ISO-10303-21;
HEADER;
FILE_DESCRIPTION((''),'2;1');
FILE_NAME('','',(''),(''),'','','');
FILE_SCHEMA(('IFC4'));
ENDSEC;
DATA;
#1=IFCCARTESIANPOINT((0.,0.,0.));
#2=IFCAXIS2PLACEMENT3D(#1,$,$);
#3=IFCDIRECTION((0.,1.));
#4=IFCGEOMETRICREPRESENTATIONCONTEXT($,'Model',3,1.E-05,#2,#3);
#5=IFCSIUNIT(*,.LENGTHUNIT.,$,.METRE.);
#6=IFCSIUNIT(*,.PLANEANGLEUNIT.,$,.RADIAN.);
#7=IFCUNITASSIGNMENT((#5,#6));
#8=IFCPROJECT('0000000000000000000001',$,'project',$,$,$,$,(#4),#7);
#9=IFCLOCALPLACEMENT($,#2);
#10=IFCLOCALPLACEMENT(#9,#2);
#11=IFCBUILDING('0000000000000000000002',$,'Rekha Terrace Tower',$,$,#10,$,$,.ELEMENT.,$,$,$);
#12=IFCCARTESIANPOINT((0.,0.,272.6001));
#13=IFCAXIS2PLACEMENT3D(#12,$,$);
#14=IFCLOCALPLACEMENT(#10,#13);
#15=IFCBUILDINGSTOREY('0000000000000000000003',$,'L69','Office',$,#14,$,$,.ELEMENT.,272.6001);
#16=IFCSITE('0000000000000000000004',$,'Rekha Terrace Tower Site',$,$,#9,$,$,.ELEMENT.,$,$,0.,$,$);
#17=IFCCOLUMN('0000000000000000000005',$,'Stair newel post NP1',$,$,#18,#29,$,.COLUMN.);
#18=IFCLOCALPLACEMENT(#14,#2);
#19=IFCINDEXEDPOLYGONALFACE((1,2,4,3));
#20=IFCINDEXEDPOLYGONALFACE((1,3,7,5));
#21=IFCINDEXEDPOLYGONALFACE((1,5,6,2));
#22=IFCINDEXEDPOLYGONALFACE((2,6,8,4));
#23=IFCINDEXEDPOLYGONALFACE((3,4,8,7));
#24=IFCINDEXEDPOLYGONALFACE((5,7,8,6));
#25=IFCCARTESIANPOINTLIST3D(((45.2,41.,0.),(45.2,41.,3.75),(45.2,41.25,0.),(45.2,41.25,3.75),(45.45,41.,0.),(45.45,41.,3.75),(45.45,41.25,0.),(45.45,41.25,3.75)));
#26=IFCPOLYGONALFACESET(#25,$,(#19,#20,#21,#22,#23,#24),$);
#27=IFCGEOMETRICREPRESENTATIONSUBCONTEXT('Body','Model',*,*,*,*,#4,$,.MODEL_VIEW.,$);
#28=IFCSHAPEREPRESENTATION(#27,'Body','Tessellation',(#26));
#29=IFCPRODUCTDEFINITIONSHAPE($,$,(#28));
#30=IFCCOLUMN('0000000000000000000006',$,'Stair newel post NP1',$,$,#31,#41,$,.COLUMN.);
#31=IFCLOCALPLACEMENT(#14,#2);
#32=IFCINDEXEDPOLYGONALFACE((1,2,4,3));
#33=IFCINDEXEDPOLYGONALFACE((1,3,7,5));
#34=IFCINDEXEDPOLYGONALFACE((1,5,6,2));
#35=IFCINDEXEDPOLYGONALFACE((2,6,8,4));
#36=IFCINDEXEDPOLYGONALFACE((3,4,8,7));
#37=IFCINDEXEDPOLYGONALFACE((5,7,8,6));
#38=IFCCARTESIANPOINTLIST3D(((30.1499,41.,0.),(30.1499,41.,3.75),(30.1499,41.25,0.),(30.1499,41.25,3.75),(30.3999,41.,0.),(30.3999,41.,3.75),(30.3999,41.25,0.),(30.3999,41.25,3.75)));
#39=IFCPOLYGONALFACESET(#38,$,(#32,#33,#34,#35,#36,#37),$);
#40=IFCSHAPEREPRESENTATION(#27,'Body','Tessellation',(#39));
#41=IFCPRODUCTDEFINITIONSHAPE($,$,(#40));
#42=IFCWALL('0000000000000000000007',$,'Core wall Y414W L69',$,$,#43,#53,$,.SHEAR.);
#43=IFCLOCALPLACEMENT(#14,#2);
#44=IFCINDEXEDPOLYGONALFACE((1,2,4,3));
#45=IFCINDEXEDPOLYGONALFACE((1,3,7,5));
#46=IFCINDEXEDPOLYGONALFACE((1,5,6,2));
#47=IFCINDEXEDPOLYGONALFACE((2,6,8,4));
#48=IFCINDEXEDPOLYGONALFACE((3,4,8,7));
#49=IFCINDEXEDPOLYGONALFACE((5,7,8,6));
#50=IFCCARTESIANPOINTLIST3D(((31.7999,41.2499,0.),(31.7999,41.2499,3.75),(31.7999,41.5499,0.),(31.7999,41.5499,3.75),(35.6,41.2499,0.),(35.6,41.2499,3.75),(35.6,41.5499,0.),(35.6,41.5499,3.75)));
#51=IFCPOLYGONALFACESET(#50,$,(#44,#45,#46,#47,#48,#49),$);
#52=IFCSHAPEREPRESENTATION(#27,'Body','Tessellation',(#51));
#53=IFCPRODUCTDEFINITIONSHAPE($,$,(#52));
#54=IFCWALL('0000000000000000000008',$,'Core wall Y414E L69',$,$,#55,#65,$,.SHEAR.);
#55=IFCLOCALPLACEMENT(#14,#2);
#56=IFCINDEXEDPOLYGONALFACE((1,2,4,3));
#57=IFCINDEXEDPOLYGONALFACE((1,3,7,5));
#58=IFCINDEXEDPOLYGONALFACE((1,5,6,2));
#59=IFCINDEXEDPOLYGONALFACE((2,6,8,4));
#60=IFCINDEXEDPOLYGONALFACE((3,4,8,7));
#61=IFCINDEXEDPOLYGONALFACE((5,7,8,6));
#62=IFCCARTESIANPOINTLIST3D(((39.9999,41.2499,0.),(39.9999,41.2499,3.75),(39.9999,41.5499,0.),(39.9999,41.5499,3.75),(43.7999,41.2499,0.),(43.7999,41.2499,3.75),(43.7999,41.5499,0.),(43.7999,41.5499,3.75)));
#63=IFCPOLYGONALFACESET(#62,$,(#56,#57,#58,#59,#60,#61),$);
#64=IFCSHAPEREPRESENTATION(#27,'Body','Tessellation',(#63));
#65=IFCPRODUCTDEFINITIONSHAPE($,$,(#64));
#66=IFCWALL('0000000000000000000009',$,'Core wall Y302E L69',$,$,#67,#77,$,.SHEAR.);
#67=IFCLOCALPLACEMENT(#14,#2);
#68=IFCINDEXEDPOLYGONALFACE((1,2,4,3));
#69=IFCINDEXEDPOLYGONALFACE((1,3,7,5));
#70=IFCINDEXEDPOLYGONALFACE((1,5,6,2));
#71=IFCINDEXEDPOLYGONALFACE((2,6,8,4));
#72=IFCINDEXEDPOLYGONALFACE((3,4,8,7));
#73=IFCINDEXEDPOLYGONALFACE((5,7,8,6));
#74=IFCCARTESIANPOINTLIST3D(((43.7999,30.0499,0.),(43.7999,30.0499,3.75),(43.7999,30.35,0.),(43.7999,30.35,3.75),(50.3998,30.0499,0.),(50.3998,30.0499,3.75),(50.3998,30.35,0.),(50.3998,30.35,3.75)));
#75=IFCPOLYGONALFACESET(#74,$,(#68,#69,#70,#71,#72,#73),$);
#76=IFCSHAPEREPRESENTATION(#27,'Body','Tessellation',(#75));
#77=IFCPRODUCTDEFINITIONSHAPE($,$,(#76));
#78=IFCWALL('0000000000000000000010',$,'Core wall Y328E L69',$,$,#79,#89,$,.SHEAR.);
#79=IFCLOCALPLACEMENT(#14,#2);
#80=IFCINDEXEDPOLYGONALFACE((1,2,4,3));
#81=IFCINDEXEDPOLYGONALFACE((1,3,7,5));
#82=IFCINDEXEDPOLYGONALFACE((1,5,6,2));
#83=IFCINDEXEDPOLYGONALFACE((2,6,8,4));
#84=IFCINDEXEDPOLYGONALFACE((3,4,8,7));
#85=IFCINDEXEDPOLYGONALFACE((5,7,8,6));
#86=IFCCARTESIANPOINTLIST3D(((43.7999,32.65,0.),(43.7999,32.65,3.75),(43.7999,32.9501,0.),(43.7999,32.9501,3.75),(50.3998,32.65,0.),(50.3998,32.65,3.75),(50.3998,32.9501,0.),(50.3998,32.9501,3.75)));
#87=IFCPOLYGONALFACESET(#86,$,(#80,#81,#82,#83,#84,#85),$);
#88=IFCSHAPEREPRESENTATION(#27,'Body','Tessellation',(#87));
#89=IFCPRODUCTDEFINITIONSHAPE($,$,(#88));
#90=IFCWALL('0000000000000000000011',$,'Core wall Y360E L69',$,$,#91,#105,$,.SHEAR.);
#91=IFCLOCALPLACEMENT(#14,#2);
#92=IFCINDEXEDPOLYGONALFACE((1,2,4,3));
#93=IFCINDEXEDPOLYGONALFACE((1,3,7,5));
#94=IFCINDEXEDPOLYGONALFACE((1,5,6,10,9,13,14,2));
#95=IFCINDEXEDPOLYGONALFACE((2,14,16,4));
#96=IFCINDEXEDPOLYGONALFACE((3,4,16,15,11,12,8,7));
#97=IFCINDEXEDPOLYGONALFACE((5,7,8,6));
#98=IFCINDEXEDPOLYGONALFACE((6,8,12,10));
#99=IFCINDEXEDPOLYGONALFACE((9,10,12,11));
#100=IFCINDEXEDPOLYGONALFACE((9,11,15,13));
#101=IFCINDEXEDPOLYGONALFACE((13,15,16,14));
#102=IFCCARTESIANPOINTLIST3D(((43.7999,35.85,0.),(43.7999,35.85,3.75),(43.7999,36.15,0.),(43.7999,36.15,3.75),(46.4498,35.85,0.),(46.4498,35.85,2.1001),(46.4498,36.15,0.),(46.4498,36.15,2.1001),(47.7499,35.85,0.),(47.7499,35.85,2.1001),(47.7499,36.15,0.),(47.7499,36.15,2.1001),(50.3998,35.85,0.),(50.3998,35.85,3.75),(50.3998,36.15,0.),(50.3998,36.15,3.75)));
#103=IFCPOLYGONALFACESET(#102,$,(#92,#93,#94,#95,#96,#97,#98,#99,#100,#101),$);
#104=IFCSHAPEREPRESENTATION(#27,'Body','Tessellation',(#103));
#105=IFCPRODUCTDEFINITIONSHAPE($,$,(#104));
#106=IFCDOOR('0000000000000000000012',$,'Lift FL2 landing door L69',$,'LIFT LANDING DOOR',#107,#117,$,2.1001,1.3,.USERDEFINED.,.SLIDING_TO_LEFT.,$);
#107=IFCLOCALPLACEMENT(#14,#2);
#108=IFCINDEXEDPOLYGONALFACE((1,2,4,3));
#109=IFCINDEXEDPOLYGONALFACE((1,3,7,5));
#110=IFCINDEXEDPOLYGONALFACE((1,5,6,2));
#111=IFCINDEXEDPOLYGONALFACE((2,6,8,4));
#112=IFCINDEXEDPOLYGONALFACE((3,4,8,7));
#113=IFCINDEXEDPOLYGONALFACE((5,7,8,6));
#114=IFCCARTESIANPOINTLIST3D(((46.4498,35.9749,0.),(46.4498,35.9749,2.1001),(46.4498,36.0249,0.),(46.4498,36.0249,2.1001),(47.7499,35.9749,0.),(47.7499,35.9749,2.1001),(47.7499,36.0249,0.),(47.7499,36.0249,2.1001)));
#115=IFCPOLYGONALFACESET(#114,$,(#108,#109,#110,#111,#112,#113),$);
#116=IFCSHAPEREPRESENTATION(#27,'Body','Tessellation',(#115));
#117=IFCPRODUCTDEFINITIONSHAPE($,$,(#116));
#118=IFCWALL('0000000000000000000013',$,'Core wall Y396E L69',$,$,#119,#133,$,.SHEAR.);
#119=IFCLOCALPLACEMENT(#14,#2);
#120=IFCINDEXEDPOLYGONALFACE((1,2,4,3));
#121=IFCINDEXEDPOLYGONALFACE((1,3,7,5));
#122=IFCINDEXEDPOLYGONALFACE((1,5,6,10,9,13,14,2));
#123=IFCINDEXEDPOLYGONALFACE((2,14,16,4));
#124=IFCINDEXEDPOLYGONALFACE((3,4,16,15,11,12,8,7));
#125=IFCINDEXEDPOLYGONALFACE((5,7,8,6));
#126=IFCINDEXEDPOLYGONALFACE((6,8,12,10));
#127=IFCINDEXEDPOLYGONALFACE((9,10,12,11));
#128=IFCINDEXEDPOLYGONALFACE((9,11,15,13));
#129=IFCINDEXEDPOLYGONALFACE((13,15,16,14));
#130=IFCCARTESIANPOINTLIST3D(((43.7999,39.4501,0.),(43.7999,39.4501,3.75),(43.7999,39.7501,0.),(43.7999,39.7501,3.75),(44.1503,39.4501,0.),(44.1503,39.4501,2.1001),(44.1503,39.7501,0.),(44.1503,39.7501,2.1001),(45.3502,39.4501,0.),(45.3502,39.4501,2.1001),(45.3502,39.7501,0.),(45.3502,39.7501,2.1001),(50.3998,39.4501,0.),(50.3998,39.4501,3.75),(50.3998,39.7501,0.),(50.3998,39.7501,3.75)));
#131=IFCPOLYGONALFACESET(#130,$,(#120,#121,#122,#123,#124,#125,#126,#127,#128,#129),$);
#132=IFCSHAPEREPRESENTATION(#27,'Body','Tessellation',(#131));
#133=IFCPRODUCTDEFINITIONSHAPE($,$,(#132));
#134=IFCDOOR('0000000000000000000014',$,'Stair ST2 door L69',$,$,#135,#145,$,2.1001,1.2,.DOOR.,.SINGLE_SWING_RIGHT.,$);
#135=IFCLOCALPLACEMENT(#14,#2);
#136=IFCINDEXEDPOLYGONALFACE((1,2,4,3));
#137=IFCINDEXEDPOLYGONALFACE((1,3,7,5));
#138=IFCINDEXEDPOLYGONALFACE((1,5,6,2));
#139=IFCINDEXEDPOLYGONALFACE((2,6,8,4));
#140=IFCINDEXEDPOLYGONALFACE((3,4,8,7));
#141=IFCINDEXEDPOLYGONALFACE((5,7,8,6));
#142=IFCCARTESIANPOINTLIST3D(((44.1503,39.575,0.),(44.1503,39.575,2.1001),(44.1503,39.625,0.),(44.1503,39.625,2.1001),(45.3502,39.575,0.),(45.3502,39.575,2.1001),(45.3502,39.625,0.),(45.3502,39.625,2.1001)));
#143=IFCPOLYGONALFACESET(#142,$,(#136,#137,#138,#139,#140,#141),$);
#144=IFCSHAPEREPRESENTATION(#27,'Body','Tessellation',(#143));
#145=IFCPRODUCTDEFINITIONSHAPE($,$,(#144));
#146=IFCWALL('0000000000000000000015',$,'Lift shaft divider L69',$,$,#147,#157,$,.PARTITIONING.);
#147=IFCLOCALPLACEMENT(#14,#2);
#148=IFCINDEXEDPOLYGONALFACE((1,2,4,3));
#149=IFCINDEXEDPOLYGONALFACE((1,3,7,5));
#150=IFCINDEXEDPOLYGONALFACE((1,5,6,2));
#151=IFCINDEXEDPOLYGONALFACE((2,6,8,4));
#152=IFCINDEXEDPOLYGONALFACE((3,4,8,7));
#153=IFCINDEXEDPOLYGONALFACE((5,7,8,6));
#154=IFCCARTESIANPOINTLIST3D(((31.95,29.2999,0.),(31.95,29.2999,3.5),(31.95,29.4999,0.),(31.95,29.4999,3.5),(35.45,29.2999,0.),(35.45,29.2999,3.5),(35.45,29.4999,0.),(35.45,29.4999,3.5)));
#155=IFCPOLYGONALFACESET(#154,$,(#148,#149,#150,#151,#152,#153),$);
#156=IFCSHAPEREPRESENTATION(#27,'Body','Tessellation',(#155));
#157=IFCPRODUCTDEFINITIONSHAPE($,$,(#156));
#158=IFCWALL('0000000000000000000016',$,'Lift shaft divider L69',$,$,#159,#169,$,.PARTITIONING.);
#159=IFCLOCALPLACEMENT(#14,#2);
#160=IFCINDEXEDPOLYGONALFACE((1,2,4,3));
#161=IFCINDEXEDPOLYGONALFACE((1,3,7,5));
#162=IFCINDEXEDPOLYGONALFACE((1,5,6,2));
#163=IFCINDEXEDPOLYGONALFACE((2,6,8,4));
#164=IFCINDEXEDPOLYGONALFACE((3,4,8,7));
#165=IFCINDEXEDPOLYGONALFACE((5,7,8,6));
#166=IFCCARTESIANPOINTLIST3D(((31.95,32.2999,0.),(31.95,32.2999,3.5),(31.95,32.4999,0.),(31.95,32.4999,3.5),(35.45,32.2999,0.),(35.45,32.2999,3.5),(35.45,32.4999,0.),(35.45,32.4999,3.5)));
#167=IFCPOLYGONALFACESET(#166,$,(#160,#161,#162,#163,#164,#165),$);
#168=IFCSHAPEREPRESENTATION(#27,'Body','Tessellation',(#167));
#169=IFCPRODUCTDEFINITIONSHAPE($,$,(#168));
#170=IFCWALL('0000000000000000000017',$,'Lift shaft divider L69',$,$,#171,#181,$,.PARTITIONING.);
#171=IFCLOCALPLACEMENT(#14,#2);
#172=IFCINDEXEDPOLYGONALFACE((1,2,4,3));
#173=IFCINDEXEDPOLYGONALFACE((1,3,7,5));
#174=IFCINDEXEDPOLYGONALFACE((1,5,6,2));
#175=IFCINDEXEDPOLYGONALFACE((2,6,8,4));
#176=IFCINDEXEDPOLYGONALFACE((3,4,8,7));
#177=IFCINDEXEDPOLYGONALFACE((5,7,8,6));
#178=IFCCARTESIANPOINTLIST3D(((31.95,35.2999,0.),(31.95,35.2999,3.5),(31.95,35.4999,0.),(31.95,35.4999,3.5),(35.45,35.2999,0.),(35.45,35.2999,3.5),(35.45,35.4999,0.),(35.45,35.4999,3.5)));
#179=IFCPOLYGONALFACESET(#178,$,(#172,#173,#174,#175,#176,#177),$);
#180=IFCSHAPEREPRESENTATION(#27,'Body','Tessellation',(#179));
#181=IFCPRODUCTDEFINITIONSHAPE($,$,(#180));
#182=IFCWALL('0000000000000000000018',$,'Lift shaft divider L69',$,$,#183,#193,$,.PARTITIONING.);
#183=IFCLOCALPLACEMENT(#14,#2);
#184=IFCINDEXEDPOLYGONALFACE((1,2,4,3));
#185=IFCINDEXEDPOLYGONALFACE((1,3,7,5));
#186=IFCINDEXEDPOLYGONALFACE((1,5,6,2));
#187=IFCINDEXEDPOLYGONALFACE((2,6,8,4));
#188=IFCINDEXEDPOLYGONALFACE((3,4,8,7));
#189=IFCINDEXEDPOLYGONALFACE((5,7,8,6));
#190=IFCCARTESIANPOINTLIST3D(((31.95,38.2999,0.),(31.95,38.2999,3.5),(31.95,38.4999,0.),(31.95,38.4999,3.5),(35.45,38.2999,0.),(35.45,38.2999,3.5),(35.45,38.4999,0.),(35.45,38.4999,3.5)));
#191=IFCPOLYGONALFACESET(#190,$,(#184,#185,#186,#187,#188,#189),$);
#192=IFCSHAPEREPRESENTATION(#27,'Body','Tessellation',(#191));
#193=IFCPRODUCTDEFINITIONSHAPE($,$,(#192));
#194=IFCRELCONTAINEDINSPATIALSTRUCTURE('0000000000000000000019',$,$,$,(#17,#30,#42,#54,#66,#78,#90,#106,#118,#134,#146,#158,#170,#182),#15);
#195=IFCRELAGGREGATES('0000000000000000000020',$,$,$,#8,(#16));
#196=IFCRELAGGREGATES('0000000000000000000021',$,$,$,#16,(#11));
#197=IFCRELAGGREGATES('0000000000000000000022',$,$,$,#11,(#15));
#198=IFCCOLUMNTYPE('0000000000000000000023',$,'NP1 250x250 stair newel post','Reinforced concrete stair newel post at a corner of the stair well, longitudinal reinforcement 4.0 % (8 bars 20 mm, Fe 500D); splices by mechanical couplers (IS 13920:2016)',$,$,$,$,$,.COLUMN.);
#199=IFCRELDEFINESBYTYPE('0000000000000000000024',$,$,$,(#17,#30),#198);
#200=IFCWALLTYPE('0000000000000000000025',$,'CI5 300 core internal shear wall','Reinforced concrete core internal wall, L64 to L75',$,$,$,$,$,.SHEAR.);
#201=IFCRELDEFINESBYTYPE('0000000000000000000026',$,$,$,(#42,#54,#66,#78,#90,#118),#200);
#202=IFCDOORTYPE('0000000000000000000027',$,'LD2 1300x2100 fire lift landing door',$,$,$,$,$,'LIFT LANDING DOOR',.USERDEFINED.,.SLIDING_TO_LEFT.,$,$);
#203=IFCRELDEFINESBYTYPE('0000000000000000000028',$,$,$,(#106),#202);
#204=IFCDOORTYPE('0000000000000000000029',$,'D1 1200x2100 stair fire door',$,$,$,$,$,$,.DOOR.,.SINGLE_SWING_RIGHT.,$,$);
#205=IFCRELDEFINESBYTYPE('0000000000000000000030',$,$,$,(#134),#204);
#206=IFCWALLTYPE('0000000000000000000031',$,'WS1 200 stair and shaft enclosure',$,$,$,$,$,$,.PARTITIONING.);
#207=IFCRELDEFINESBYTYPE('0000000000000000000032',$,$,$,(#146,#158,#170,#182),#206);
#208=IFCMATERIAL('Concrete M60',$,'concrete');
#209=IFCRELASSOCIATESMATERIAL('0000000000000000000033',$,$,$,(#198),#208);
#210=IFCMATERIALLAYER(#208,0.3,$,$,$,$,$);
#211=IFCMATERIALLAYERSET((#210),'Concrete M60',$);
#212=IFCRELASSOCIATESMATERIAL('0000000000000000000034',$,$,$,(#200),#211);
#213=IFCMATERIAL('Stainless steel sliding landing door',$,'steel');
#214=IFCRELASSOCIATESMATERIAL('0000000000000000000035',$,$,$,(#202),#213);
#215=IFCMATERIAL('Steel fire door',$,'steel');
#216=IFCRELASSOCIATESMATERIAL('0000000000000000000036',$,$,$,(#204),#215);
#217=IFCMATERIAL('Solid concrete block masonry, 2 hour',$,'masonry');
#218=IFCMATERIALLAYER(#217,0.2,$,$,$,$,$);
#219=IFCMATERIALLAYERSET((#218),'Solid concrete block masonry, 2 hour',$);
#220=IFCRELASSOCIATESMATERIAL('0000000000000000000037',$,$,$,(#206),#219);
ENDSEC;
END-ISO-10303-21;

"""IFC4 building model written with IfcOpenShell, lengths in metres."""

from ifc_helpers import new_model, si_unit, direction, frame, frame_2d, origin, origin_2d, place, context, subcontext, project, spatial, rectangle, extrude, material, layer, layer_set, material_profile, profile_set, type_object, element, fill, save


model = new_model("IFC4")

# Units and contexts
model_context = context("Model", 3, precision=1e-05, world=origin(), true_north=direction((0.0, 1.0)))
body_context = subcontext(model_context, "Body", "Model", "MODEL_VIEW")
ifc_project = project(units=[si_unit("LENGTHUNIT", "METRE"), si_unit("PLANEANGLEUNIT", "RADIAN")], contexts=[model_context])

# Site, building, storey
site_placement = place(None, origin())
site = spatial("IfcSite", under=ifc_project, at=site_placement, Name="Rekha Terrace Tower Site", CompositionType="ELEMENT", RefElevation=0.0)
building_placement = place(site_placement, origin())
building = spatial("IfcBuilding", under=site, at=building_placement, Name="Rekha Terrace Tower", CompositionType="ELEMENT")
storey_placement = place(building_placement, frame((0.0, 0.0, 272.6001)))
storey = spatial("IfcBuildingStorey", under=building, at=storey_placement, Name="L69", Description="Office", CompositionType="ELEMENT", Elevation=272.6001)

# Columns
ifc_material_1 = material(Name="Concrete M60", Category="concrete")
ifc_material_profile = material_profile(ifc_material_1, rectangle(XDim=0.25, YDim=0.25, at=origin_2d()), Name="RC 250x250")
ifc_profile_set = profile_set([ifc_material_profile], Name="Concrete M60")
column_type = type_object("IfcColumnType", Name="NP1 250x250 stair newel post", Description="Reinforced concrete stair newel post at a corner of the stair well, longitudinal reinforcement 4.0 % (8 bars 20 mm, Fe 500D); splices by mechanical couplers (IS 13920:2016)", PredefinedType="COLUMN", material=ifc_profile_set)
for number, where, z_axis, x_axis, name in (
    (1, (45.325, 41.125, 0.0), (0.0, 0.0, 1.0), (1.0, 0.0, 0.0), "Stair newel post NP1"),
    (2, (30.2749, 41.125, 0.0), (0.0, 0.0, 1.0), (1.0, 0.0, 0.0), "Stair newel post NP1"),
):
    element("IfcColumn", number, at=place(storey_placement, frame(where, z_axis=z_axis, x_axis=x_axis)), inside=storey, type_object=column_type, Name=name, PredefinedType="COLUMN", context=body_context, shape_type="SweptSolid", body=[
        extrude(rectangle(XDim=0.25, YDim=0.25, at=origin_2d()), origin(), (0.0, 0.0, 1.0), 3.75),
    ])

# Walls
ifc_layer_1 = layer(ifc_material_1, 0.3)
ifc_layer_set_1 = layer_set([ifc_layer_1], Name="Concrete M60")
wall_type_1 = type_object("IfcWallType", Name="CI5 300 core internal shear wall", Description="Reinforced concrete core internal wall, L64 to L75", PredefinedType="SHEAR", material=ifc_layer_set_1)
for number, where, z_axis, x_axis, name in (
    (3, (31.8, 41.3999, 0.0), (0.0, 0.0, 1.0), (1.0, 0.0, 0.0), "Core wall Y414W L69"),
    (4, (40.0, 41.3999, 0.0), (0.0, 0.0, 1.0), (1.0, 0.0, 0.0), "Core wall Y414E L69"),
):
    element("IfcWall", number, at=place(storey_placement, frame(where, z_axis=z_axis, x_axis=x_axis)), inside=storey, type_object=wall_type_1, Name=name, PredefinedType="SHEAR", context=body_context, shape_type="SweptSolid", body=[
        extrude(rectangle(XDim=3.8, YDim=0.3, at=frame_2d((1.8999, 0.0))), origin(), (0.0, 0.0, 1.0), 3.75),
    ])
for number, where, z_axis, x_axis, name in (
    (5, (43.8, 30.2, 0.0), (0.0, 0.0, 1.0), (1.0, 0.0, 0.0), "Core wall Y302E L69"),
    (6, (43.8, 32.8, 0.0), (0.0, 0.0, 1.0), (1.0, 0.0, 0.0), "Core wall Y328E L69"),
):
    element("IfcWall", number, at=place(storey_placement, frame(where, z_axis=z_axis, x_axis=x_axis)), inside=storey, type_object=wall_type_1, Name=name, PredefinedType="SHEAR", context=body_context, shape_type="SweptSolid", body=[
        extrude(rectangle(XDim=6.5999, YDim=0.3, at=frame_2d((3.2998, 0.0))), origin(), (0.0, 0.0, 1.0), 3.75),
    ])

# Walls, openings, doors
wall_1_placement = place(storey_placement, frame((43.8, 36.0, 0.0), z_axis=(0.0, 0.0, 1.0), x_axis=(1.0, 0.0, 0.0)))
wall_1 = element("IfcWall", 7, at=wall_1_placement, inside=storey, type_object=wall_type_1, Name="Core wall Y360E L69", PredefinedType="SHEAR", context=body_context, shape_type="SweptSolid", body=[
    extrude(rectangle(XDim=6.5999, YDim=0.3, at=frame_2d((3.2998, 0.0))), origin(), (0.0, 0.0, 1.0), 3.75),
])
opening_1_placement = place(wall_1_placement, frame((2.6499, 0.0, 0.0)))
opening_1 = element("IfcOpeningElement", 8, at=opening_1_placement, cuts=wall_1, PredefinedType="OPENING", context=body_context, shape_type="SweptSolid", body=[
    extrude(rectangle(XDim=1.3, YDim=2.1001, at=frame_2d((0.6499, 1.05))), frame((0.0, 0.1599, 0.0), z_axis=(0.0, -1.0, 0.0), x_axis=(1.0, 0.0, 0.0)), (0.0, 0.0, 1.0), 0.3201),
])
ifc_material_2 = material(Name="Stainless steel sliding landing door", Category="steel")
door_type_1 = type_object("IfcDoorType", Name="LD2 1300x2100 fire lift landing door", ElementType="LIFT LANDING DOOR", OperationType="SLIDING_TO_LEFT", PredefinedType="USERDEFINED", material=ifc_material_2)
door_1_placement = place(opening_1_placement, origin())
door_1 = element("IfcDoor", 9, at=door_1_placement, inside=storey, type_object=door_type_1, Name="Lift FL2 landing door L69", ObjectType="LIFT LANDING DOOR", OperationType="SLIDING_TO_LEFT", OverallHeight=2.1001, OverallWidth=1.3, PredefinedType="USERDEFINED", context=body_context, shape_type="SweptSolid", body=[
    extrude(rectangle(XDim=1.3, YDim=2.1001, at=frame_2d((0.6499, 1.05))), frame((0.0, 0.0249, 0.0), z_axis=(0.0, -1.0, 0.0), x_axis=(1.0, 0.0, 0.0)), (0.0, 0.0, 1.0), 0.05),
])
fill(opening_1, door_1)
wall_2_placement = place(storey_placement, frame((43.8, 39.6001, 0.0), z_axis=(0.0, 0.0, 1.0), x_axis=(1.0, 0.0, 0.0)))
wall_2 = element("IfcWall", 10, at=wall_2_placement, inside=storey, type_object=wall_type_1, Name="Core wall Y396E L69", PredefinedType="SHEAR", context=body_context, shape_type="SweptSolid", body=[
    extrude(rectangle(XDim=6.5999, YDim=0.3, at=frame_2d((3.2998, 0.0))), origin(), (0.0, 0.0, 1.0), 3.75),
])
opening_2_placement = place(wall_2_placement, frame((0.3501, 0.0, 0.0)))
opening_2 = element("IfcOpeningElement", 11, at=opening_2_placement, cuts=wall_2, PredefinedType="OPENING", context=body_context, shape_type="SweptSolid", body=[
    extrude(rectangle(XDim=1.2, YDim=2.1001, at=frame_2d((0.6001, 1.05))), frame((0.0, 0.1599, 0.0), z_axis=(0.0, -1.0, 0.0), x_axis=(1.0, 0.0, 0.0)), (0.0, 0.0, 1.0), 0.3201),
])
ifc_material_3 = material(Name="Steel fire door", Category="steel")
door_type_2 = type_object("IfcDoorType", Name="D1 1200x2100 stair fire door", OperationType="SINGLE_SWING_RIGHT", PredefinedType="DOOR", material=ifc_material_3)
door_2_placement = place(opening_2_placement, origin())
door_2 = element("IfcDoor", 12, at=door_2_placement, inside=storey, type_object=door_type_2, Name="Stair ST2 door L69", OperationType="SINGLE_SWING_RIGHT", OverallHeight=2.1001, OverallWidth=1.2, PredefinedType="DOOR", context=body_context, shape_type="SweptSolid", body=[
    extrude(rectangle(XDim=1.2, YDim=2.1001, at=frame_2d((0.6001, 1.05))), frame((0.0, 0.0249, 0.0), z_axis=(0.0, -1.0, 0.0), x_axis=(1.0, 0.0, 0.0)), (0.0, 0.0, 1.0), 0.05),
])
fill(opening_2, door_2)

# Walls
ifc_material_4 = material(Name="Solid concrete block masonry, 2 hour", Category="masonry")
ifc_layer_2 = layer(ifc_material_4, 0.2)
ifc_layer_set_2 = layer_set([ifc_layer_2], Name="Solid concrete block masonry, 2 hour")
wall_type_2 = type_object("IfcWallType", Name="WS1 200 stair and shaft enclosure", PredefinedType="PARTITIONING", material=ifc_layer_set_2)
for number, where, z_axis, x_axis, name in (
    (13, (31.95, 29.3999, 0.0), (0.0, 0.0, 1.0), (1.0, 0.0, 0.0), "Lift shaft divider L69"),
    (14, (31.95, 32.3999, 0.0), (0.0, 0.0, 1.0), (1.0, 0.0, 0.0), "Lift shaft divider L69"),
    (15, (31.95, 35.3999, 0.0), (0.0, 0.0, 1.0), (1.0, 0.0, 0.0), "Lift shaft divider L69"),
    (16, (31.95, 38.3999, 0.0), (0.0, 0.0, 1.0), (1.0, 0.0, 0.0), "Lift shaft divider L69"),
):
    element("IfcWall", number, at=place(storey_placement, frame(where, z_axis=z_axis, x_axis=x_axis)), inside=storey, type_object=wall_type_2, Name=name, PredefinedType="PARTITIONING", context=body_context, shape_type="SweptSolid", body=[
        extrude(rectangle(XDim=3.5, YDim=0.2, at=frame_2d((1.75, 0.0))), origin(), (0.0, 0.0, 1.0), 3.5),
    ])

save(model, "model.ifc")
